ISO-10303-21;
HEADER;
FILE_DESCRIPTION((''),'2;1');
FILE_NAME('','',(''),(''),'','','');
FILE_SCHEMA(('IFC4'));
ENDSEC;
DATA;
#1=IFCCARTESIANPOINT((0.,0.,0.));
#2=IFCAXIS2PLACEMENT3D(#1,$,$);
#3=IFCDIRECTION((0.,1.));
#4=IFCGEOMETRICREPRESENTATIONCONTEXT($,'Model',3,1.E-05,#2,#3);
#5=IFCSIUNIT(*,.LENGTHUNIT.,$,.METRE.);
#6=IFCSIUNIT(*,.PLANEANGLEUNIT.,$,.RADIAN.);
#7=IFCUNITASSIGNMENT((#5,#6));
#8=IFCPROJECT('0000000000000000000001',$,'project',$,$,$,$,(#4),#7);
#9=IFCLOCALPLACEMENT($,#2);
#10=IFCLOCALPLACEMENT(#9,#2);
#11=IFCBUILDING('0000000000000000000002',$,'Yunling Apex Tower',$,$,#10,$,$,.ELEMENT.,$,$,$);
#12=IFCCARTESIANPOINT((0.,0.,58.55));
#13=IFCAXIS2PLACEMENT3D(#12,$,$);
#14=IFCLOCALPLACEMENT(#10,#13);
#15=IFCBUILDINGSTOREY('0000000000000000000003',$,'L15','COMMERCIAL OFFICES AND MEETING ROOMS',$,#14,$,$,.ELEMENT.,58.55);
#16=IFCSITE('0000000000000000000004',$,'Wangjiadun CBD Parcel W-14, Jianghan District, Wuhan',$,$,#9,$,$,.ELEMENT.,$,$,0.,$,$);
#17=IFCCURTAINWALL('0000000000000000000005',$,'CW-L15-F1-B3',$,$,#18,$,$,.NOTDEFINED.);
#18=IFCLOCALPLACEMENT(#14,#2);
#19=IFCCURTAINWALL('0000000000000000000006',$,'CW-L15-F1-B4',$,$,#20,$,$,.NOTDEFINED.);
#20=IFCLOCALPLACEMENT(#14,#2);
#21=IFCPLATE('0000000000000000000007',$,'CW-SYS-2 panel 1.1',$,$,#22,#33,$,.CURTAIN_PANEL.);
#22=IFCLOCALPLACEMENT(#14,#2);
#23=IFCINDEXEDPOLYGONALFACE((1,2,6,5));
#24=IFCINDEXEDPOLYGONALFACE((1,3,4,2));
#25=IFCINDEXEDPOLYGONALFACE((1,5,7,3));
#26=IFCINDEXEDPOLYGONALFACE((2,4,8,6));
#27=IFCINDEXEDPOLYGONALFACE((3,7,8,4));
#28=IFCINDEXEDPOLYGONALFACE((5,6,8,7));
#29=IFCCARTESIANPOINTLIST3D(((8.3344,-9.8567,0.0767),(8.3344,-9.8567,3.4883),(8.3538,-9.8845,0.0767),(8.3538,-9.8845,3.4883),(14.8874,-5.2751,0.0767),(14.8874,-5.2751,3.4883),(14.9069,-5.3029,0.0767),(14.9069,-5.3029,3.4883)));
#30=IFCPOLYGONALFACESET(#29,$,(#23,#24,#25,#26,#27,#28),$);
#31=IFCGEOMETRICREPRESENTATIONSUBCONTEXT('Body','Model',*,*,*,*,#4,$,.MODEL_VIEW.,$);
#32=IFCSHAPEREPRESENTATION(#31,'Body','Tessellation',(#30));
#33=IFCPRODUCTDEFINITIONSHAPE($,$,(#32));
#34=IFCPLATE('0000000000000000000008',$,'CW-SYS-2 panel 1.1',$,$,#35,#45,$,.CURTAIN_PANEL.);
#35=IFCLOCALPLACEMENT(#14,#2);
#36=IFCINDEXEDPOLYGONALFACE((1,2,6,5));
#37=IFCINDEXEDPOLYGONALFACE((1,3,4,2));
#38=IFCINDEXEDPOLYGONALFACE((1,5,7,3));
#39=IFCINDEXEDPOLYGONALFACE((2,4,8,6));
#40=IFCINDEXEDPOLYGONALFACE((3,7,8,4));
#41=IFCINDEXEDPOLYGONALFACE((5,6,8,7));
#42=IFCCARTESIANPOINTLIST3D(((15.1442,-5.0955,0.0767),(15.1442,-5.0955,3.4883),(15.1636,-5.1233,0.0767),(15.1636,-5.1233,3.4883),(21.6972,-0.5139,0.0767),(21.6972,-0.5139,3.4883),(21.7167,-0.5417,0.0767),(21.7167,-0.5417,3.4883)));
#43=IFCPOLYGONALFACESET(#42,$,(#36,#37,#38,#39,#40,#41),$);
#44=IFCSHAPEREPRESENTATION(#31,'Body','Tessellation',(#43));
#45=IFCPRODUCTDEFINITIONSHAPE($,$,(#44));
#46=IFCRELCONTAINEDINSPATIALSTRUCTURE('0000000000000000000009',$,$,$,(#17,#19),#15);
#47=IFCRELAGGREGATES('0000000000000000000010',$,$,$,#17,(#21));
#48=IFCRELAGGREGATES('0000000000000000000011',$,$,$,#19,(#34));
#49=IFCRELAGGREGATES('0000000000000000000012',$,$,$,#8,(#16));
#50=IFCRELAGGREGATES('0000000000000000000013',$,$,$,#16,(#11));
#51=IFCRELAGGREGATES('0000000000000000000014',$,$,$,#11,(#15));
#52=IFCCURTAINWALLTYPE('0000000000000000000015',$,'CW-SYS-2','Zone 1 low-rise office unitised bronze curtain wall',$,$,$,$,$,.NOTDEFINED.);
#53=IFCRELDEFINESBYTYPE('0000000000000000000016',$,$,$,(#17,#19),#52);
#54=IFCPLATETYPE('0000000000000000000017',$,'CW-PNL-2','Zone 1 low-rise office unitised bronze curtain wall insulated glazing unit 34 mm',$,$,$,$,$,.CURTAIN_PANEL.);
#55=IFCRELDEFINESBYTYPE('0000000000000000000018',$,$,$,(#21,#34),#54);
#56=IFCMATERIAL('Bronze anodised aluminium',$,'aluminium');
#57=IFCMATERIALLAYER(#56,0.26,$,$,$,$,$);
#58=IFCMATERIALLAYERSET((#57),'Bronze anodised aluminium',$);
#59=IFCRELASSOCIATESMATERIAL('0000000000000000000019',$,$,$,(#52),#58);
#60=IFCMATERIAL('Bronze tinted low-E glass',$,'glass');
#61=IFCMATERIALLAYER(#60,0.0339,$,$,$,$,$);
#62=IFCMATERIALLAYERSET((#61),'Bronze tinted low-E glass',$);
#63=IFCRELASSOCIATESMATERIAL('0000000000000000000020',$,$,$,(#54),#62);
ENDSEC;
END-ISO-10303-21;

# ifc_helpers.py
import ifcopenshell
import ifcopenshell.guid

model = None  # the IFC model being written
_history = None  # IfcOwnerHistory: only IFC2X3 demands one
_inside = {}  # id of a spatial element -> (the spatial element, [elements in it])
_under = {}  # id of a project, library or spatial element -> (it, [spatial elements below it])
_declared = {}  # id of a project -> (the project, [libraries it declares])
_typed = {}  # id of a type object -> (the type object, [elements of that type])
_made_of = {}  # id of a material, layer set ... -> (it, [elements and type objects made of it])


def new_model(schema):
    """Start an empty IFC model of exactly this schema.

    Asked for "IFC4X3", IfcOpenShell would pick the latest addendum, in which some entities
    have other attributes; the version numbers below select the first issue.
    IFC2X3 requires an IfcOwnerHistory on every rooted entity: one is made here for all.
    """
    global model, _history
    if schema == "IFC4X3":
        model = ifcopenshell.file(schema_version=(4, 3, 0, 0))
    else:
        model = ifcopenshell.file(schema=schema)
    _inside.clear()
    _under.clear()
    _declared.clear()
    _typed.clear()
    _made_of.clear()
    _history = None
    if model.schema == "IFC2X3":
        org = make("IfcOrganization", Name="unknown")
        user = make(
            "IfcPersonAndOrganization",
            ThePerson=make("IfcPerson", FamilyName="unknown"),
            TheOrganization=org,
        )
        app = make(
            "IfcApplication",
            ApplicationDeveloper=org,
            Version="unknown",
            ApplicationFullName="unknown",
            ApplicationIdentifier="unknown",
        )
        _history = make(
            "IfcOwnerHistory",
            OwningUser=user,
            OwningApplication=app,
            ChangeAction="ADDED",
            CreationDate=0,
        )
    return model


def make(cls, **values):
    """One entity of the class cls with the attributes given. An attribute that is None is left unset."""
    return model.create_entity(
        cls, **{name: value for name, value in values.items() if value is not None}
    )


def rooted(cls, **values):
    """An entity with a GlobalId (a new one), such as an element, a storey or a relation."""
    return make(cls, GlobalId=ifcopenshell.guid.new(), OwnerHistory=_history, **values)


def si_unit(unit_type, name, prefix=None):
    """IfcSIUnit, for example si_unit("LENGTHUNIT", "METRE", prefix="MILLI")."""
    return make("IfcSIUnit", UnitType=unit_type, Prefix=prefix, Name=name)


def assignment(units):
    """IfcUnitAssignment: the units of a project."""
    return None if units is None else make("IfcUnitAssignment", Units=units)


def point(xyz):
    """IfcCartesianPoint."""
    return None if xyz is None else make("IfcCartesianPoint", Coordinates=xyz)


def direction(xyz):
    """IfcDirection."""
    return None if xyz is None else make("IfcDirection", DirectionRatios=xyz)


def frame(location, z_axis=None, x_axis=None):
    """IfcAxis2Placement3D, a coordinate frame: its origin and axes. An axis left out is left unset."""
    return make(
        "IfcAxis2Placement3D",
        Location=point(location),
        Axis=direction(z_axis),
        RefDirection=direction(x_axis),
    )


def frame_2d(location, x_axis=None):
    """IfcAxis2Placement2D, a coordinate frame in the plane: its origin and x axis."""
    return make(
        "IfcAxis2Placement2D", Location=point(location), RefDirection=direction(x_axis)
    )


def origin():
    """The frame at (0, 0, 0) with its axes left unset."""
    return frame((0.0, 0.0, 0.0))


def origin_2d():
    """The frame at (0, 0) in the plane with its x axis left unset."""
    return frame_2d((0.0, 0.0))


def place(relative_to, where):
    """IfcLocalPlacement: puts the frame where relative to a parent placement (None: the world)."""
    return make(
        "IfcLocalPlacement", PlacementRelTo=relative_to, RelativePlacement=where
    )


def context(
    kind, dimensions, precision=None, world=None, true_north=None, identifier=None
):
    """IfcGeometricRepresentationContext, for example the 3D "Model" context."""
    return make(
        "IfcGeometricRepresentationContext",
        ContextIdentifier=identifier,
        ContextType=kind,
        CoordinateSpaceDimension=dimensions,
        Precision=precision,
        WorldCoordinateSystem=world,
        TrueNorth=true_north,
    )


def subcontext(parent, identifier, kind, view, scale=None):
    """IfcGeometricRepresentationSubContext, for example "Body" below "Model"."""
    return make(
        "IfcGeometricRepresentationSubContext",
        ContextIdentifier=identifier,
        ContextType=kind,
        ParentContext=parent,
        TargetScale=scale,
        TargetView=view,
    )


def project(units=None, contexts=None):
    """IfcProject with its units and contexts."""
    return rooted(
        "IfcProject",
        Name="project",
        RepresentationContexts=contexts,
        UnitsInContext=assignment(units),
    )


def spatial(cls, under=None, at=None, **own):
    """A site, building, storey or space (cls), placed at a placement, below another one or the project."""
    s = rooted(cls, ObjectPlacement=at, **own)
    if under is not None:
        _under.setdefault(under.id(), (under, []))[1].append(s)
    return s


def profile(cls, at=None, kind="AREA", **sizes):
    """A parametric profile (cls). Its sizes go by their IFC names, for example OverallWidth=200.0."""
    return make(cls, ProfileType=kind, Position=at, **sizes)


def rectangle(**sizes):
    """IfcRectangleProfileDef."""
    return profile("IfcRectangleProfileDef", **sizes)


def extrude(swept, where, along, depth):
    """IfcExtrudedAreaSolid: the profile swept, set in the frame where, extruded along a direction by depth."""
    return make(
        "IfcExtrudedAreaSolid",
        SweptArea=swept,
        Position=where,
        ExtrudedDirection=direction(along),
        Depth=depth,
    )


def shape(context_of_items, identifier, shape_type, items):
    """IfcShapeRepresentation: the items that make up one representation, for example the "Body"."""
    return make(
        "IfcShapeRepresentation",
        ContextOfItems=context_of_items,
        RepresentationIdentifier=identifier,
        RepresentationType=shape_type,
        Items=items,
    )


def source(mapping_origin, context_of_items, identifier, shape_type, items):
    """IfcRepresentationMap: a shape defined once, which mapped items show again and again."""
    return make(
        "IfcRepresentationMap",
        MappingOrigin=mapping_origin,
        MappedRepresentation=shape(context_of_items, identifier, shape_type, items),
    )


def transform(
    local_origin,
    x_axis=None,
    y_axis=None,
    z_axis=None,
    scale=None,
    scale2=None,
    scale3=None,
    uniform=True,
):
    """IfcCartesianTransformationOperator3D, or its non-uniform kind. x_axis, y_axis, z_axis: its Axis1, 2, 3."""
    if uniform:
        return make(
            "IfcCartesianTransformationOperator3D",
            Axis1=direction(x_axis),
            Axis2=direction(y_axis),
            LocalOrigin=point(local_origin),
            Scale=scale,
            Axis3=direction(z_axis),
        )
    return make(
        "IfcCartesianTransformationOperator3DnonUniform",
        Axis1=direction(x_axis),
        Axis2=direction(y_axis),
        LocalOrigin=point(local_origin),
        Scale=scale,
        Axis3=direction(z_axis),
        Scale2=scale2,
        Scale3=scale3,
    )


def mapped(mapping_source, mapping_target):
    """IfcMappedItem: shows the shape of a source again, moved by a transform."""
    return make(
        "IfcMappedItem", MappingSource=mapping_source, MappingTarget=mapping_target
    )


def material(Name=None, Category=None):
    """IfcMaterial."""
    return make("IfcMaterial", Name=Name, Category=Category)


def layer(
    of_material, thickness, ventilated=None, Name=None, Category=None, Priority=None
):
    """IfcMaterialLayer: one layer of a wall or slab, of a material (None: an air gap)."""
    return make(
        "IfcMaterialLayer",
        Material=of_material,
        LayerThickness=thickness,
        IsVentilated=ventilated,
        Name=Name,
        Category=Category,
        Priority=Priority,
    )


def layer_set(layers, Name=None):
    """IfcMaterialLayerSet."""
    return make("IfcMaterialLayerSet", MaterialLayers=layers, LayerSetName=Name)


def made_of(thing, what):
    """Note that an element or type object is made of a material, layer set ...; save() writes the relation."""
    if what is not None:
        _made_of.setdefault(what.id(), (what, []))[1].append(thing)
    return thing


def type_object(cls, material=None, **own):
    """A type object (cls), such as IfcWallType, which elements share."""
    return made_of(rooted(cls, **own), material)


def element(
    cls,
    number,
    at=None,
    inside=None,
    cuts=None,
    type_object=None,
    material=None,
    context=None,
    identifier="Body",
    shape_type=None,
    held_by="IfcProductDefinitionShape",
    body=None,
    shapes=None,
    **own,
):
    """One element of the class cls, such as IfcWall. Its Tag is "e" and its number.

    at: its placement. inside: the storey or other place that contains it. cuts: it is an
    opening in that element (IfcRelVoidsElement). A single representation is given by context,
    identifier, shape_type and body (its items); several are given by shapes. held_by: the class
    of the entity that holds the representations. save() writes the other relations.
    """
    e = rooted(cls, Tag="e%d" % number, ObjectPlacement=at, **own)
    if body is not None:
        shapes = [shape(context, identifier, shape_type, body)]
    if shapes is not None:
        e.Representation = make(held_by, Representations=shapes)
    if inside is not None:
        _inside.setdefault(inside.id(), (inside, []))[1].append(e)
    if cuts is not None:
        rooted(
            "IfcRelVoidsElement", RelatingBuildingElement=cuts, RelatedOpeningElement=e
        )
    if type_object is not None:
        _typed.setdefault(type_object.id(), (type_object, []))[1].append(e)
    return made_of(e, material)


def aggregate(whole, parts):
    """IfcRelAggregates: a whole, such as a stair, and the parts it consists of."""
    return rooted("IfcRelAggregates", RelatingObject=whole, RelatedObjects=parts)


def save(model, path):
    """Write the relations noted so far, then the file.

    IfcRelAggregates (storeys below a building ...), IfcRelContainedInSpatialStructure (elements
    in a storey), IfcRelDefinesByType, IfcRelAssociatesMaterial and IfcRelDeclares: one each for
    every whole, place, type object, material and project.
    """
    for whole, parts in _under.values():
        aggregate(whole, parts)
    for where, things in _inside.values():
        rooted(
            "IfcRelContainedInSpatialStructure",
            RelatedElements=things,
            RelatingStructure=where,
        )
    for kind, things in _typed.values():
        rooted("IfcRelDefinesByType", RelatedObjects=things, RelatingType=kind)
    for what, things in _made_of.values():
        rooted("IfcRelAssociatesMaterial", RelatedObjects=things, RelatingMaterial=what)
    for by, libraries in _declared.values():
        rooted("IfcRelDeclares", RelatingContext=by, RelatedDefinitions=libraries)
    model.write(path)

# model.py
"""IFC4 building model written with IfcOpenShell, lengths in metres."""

from ifc_helpers import new_model, si_unit, direction, frame, origin, origin_2d, place, context, subcontext, project, spatial, rectangle, extrude, source, transform, mapped, material, layer, layer_set, type_object, element, aggregate, save


model = new_model("IFC4")

# Units and contexts
model_context = context("Model", 3, precision=1e-05, world=origin(), true_north=direction((0.0, 1.0)))
body_context = subcontext(model_context, "Body", "Model", "MODEL_VIEW")
ifc_project = project(units=[si_unit("LENGTHUNIT", "METRE"), si_unit("PLANEANGLEUNIT", "RADIAN")], contexts=[model_context])

# Site, building, storey
site_placement = place(None, origin())
site = spatial("IfcSite", under=ifc_project, at=site_placement, Name="Wangjiadun CBD Parcel W-14, Jianghan District, Wuhan", CompositionType="ELEMENT", RefElevation=0.0)
building_placement = place(site_placement, origin())
building = spatial("IfcBuilding", under=site, at=building_placement, Name="Yunling Apex Tower", CompositionType="ELEMENT")
storey_placement = place(building_placement, frame((0.0, 0.0, 58.55)))
storey = spatial("IfcBuildingStorey", under=building, at=storey_placement, Name="L15", Description="COMMERCIAL OFFICES AND MEETING ROOMS", CompositionType="ELEMENT", Elevation=58.55)

# Curtain wall
ifc_material_1 = material(Name="Bronze anodised aluminium", Category="aluminium")
ifc_layer_1 = layer(ifc_material_1, 0.26)
ifc_layer_set_1 = layer_set([ifc_layer_1], Name="Bronze anodised aluminium")
curtain_wall_type = type_object("IfcCurtainWallType", Name="CW-SYS-2", Description="Zone 1 low-rise office unitised bronze curtain wall", PredefinedType="NOTDEFINED", material=ifc_layer_set_1)
curtain_wall_1_placement = place(storey_placement, origin())
curtain_wall_1 = element("IfcCurtainWall", 1, at=curtain_wall_1_placement, inside=storey, type_object=curtain_wall_type, Name="CW-L15-F1-B3", PredefinedType="NOTDEFINED")

# Curtain wall
curtain_wall_2_placement = place(storey_placement, origin())
curtain_wall_2 = element("IfcCurtainWall", 2, at=curtain_wall_2_placement, inside=storey, type_object=curtain_wall_type, Name="CW-L15-F1-B4", PredefinedType="NOTDEFINED")

# Plates
ifc_material_2 = material(Name="Bronze tinted low-E glass", Category="glass")
ifc_layer_2 = layer(ifc_material_2, 0.0339)
ifc_layer_set_2 = layer_set([ifc_layer_2], Name="Bronze tinted low-E glass")
plate_type = type_object("IfcPlateType", Name="CW-PNL-2", Description="Zone 1 low-rise office unitised bronze curtain wall insulated glazing unit 34 mm", PredefinedType="CURTAIN_PANEL", material=ifc_layer_set_2)
shared_shape_1 = source(origin(), body_context, "Body", "SweptSolid", [
    extrude(rectangle(XDim=7.9958, YDim=0.0339, at=origin_2d()), origin(), (0.0, 0.0, 1.0), 3.4116),
])
plate_1_placement = place(storey_placement, frame((11.6206, -7.5798, 0.0767), z_axis=(0.0, 0.0, 1.0), x_axis=(0.819558, 0.572996, 0.0)))
plate_1 = element("IfcPlate", 3, at=plate_1_placement, type_object=plate_type, Name="CW-SYS-2 panel 1.1", PredefinedType="CURTAIN_PANEL", context=body_context, shape_type="MappedRepresentation", body=[
    mapped(shared_shape_1, transform((0.0, 0.0, 0.0), scale=1.0)),
])
aggregate(curtain_wall_1, [plate_1])
plate_2_placement = place(storey_placement, frame((18.4304, -2.8186, 0.0767), z_axis=(0.0, 0.0, 1.0), x_axis=(0.819552, 0.573004, 0.0)))
plate_2 = element("IfcPlate", 4, at=plate_2_placement, type_object=plate_type, Name="CW-SYS-2 panel 1.1", PredefinedType="CURTAIN_PANEL", context=body_context, shape_type="MappedRepresentation", body=[
    mapped(shared_shape_1, transform((0.0, 0.0, 0.0), scale=1.0)),
])
aggregate(curtain_wall_2, [plate_2])

save(model, "model.ifc")
